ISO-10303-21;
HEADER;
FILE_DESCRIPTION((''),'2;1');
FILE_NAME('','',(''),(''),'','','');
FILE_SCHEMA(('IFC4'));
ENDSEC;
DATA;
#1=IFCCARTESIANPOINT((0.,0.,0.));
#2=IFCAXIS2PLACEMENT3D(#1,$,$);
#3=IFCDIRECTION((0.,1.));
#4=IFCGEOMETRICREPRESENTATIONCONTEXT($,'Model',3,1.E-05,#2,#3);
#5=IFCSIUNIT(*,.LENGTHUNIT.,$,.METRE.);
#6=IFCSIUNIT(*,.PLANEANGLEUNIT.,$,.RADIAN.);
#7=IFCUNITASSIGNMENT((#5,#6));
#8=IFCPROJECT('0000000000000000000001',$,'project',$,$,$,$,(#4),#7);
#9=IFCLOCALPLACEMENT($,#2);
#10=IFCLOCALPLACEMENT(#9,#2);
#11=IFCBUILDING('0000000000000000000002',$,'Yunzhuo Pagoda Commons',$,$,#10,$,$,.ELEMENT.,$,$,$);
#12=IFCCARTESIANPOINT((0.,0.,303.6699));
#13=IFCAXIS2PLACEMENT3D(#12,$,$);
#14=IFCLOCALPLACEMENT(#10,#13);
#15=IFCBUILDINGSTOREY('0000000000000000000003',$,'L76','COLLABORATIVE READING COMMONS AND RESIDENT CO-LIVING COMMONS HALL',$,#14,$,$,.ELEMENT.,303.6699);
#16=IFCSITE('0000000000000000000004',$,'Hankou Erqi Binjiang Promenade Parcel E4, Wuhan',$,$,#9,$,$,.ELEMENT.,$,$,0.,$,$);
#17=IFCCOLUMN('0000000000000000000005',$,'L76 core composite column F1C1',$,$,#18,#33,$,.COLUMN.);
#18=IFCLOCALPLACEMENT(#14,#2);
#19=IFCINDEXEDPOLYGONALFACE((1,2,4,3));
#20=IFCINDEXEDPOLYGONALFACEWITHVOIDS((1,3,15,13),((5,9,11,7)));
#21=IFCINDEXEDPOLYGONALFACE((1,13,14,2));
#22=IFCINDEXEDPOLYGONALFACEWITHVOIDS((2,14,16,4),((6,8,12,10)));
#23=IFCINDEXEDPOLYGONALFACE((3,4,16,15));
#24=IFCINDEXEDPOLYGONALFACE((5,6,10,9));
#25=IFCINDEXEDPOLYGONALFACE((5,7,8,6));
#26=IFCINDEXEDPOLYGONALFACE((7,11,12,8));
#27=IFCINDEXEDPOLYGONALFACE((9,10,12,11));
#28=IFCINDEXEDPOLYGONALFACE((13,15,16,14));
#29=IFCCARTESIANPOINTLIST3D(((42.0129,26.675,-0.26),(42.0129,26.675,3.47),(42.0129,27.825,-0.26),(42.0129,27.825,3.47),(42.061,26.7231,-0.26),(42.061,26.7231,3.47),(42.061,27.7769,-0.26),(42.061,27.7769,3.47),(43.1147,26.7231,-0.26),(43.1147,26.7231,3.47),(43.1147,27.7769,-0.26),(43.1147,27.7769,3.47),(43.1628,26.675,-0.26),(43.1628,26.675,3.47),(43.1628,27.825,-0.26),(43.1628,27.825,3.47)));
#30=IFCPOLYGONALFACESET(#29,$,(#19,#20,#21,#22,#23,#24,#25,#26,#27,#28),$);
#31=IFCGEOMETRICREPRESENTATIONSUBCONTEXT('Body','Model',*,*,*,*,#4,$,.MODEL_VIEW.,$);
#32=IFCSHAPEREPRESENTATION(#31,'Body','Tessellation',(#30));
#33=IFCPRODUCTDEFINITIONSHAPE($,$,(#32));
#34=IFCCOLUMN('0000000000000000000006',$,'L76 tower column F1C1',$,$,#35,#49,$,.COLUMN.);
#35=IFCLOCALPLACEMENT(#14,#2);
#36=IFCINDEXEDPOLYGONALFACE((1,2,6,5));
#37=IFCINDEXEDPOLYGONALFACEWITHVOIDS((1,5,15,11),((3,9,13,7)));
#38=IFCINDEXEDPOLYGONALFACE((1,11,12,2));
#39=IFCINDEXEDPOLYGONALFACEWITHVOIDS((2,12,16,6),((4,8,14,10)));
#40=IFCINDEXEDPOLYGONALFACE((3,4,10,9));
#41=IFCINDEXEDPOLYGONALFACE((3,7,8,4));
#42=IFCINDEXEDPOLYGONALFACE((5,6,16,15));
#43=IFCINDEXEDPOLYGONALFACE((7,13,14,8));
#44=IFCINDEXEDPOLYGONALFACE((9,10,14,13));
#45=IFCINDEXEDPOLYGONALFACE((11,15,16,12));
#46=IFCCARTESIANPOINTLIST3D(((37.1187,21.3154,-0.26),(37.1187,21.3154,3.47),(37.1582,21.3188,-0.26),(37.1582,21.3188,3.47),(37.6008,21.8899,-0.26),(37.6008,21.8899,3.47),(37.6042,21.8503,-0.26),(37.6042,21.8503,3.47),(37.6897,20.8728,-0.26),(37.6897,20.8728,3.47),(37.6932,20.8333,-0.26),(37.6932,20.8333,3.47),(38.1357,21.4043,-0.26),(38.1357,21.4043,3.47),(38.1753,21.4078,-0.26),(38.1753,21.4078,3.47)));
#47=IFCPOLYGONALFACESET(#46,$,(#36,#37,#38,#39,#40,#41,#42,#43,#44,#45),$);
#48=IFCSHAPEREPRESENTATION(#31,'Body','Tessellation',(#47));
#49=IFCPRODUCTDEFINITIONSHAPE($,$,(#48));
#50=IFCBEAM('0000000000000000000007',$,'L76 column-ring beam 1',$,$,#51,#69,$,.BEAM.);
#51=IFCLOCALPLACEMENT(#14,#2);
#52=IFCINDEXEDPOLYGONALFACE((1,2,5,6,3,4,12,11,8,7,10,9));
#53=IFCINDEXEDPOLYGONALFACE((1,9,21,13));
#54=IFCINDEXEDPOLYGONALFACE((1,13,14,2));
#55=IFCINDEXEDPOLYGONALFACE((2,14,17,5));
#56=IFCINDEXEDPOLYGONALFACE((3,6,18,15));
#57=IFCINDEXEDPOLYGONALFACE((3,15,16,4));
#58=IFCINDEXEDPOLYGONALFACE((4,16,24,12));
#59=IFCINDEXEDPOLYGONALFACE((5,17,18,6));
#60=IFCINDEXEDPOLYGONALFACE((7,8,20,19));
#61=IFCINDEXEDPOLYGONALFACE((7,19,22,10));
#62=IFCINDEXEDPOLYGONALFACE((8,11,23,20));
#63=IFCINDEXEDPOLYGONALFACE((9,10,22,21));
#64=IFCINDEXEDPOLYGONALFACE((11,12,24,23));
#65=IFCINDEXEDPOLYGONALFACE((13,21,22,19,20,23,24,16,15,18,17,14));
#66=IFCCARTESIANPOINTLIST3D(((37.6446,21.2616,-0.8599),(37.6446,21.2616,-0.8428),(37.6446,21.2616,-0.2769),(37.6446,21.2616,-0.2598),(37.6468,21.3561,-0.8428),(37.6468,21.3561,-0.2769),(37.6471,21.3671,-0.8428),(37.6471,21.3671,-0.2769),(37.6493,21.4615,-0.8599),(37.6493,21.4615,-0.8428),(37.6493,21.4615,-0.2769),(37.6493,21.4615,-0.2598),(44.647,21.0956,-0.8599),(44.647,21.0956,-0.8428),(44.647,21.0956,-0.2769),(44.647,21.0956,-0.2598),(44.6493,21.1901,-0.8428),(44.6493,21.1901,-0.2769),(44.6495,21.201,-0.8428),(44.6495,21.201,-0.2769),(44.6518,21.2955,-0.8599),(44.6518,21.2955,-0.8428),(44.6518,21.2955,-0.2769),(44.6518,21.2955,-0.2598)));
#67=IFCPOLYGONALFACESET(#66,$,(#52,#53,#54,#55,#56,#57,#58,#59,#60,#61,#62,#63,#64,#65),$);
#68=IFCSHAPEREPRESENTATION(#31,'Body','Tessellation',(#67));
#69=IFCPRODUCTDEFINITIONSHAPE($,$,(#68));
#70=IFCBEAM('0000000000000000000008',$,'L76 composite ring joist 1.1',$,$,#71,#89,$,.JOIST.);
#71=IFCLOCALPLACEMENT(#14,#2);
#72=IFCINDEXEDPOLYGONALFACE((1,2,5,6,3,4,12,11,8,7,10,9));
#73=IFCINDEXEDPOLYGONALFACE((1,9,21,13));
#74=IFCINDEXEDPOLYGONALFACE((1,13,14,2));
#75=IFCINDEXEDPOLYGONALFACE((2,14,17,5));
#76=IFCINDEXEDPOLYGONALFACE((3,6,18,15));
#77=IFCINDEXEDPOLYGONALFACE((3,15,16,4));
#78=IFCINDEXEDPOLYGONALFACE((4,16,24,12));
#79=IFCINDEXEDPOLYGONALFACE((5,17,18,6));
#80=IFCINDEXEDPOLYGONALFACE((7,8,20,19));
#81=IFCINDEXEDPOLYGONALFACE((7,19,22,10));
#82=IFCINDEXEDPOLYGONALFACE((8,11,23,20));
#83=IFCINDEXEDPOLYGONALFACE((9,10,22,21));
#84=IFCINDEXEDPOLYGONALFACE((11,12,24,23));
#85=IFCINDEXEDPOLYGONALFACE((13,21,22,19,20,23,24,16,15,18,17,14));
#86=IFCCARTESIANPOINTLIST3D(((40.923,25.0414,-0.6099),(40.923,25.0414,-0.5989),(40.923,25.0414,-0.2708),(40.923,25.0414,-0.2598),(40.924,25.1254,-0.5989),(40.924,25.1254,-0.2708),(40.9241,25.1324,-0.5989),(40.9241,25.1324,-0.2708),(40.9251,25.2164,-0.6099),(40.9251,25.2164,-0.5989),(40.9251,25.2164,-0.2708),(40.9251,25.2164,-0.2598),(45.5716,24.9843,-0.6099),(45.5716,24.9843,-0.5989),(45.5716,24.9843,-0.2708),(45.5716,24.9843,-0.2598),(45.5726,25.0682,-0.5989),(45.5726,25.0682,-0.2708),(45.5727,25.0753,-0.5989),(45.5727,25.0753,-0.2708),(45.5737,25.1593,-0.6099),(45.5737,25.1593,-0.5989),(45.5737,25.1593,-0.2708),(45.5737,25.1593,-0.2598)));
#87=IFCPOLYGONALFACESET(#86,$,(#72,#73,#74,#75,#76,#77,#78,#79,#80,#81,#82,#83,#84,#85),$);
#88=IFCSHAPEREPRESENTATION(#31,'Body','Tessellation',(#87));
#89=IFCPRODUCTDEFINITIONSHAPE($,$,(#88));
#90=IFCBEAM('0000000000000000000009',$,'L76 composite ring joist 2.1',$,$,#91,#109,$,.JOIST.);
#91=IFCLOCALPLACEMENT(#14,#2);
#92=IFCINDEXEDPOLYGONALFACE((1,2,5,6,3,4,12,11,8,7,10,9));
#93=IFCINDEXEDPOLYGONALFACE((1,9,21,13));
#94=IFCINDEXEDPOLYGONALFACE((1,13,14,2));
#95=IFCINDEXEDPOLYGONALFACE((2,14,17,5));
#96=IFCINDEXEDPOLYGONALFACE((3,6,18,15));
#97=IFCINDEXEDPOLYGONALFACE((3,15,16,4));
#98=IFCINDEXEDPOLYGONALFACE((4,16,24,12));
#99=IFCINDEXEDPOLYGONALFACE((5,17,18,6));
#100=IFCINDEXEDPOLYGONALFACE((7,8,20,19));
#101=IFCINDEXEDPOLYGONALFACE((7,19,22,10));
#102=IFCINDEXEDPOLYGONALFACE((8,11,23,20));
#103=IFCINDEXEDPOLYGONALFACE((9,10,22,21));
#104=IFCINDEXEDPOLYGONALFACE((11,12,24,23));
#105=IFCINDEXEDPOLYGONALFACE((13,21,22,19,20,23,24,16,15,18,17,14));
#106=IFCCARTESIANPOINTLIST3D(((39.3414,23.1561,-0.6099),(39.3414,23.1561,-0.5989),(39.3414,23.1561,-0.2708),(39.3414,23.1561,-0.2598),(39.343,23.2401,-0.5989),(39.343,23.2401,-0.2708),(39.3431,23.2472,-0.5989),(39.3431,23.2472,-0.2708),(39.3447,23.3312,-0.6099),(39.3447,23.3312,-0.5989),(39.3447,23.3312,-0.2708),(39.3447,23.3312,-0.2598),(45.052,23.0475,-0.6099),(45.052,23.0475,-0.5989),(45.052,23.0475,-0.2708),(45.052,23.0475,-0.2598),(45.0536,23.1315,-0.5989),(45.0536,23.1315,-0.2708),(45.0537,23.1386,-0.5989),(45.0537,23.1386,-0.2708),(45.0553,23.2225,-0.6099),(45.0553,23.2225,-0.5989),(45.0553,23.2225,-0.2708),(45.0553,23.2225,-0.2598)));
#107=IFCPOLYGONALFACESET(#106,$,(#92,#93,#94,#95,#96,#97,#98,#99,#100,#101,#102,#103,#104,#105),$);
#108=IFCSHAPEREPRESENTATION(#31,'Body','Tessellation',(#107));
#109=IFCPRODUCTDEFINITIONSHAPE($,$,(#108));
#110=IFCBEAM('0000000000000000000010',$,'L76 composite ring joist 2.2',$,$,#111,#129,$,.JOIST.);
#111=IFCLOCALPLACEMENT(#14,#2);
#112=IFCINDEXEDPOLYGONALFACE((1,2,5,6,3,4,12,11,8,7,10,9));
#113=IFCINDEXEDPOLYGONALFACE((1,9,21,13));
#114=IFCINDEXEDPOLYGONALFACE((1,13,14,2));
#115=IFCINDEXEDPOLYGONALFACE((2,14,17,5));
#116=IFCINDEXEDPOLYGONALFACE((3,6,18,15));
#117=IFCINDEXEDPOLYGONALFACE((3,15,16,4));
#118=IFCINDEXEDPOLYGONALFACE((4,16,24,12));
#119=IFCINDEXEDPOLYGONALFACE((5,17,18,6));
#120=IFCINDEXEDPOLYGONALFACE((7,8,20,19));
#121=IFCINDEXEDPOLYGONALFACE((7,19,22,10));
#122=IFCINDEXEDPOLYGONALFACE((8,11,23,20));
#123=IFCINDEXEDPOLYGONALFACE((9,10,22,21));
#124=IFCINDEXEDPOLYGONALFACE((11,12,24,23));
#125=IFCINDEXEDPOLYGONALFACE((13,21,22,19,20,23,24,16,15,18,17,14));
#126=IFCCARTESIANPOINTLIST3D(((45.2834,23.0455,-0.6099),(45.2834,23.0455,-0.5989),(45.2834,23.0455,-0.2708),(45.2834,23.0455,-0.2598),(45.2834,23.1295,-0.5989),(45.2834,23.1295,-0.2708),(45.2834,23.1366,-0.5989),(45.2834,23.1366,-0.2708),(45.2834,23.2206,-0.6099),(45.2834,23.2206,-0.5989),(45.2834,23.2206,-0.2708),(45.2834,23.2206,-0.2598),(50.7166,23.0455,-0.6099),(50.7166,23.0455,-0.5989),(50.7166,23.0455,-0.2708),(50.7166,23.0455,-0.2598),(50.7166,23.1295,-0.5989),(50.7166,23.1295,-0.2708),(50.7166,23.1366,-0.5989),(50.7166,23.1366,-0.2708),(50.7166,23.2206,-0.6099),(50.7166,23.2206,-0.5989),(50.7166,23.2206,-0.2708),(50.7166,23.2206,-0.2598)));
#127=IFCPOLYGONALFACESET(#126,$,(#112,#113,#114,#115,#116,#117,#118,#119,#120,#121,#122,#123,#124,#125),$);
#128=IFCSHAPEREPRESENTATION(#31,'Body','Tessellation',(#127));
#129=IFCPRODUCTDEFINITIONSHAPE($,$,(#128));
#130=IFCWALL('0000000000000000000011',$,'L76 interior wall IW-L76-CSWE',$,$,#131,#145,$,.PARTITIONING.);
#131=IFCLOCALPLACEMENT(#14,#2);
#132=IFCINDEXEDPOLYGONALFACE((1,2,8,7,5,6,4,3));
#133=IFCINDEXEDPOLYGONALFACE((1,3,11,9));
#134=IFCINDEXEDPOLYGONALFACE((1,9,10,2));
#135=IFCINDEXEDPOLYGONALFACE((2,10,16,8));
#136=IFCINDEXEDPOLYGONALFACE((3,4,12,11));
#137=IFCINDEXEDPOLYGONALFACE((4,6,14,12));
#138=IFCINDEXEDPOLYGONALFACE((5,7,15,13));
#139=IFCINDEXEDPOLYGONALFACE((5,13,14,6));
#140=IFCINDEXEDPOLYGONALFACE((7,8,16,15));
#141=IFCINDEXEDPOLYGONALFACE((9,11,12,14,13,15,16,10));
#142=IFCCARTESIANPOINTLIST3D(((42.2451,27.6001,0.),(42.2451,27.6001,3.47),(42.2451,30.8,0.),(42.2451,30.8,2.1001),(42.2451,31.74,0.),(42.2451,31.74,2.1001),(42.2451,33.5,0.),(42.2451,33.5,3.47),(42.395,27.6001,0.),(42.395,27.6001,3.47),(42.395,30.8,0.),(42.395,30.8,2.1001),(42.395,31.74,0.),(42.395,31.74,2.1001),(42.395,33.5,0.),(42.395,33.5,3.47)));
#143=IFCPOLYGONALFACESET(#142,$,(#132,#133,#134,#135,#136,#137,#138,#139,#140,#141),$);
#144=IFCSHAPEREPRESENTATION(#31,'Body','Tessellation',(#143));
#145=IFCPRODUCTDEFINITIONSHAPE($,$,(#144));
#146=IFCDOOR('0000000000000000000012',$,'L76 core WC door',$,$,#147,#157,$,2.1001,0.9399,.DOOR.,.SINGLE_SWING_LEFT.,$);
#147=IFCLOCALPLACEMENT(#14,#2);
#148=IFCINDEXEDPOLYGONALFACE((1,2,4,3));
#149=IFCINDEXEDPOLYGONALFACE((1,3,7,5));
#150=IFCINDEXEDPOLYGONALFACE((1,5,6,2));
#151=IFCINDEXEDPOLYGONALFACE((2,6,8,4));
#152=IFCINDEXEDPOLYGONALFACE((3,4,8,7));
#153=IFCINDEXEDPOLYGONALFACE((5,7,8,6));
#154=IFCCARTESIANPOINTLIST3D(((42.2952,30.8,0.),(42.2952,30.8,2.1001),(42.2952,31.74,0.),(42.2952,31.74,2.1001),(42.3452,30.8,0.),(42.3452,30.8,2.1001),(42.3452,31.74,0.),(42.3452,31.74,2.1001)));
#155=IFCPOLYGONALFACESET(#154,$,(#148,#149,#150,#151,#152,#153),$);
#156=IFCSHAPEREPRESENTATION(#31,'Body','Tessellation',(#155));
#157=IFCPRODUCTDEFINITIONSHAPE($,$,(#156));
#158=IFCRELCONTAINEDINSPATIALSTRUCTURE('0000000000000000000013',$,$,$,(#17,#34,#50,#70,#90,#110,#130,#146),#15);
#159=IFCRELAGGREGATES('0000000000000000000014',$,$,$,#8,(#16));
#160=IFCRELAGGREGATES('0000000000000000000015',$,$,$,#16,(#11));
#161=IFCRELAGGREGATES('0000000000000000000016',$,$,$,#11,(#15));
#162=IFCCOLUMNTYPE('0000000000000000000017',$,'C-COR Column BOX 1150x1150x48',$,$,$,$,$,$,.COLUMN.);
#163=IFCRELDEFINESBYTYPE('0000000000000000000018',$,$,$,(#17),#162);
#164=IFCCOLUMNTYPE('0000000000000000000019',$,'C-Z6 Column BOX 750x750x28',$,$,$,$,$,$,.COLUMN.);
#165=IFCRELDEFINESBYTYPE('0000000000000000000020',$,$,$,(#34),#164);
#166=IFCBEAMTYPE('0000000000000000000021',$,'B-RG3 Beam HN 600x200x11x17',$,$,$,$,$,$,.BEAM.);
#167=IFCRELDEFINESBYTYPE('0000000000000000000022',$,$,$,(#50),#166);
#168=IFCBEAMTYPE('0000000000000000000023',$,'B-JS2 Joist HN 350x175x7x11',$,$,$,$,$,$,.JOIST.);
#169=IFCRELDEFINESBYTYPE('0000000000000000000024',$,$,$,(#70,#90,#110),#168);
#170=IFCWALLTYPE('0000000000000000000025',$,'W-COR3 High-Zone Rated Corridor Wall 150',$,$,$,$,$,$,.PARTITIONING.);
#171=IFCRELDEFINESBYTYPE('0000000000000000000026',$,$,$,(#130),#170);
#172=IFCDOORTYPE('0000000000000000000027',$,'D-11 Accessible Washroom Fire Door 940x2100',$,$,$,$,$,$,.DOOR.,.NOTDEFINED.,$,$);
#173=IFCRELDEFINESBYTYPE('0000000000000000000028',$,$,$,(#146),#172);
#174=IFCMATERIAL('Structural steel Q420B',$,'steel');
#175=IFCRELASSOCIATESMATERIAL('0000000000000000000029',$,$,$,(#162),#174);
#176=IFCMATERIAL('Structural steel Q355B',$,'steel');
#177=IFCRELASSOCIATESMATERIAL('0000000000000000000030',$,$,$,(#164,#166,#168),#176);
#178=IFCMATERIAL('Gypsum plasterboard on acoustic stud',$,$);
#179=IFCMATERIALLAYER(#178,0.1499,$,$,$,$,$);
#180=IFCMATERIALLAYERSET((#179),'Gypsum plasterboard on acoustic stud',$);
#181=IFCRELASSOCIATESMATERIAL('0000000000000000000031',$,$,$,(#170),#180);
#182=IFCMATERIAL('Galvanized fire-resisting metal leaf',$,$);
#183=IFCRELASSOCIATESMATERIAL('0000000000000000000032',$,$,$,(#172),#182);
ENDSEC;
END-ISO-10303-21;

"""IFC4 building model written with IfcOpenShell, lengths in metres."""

from ifc_helpers import new_model, si_unit, direction, frame, frame_2d, origin, origin_with_axes, origin_2d, place, context, subcontext, project, spatial, rectangle, hollow_rectangle, i_section, extrude, source, transform, mapped, material, layer, layer_set, material_profile, profile_set, type_object, element, fill, save


model = new_model("IFC4")

# Units and contexts
model_context = context("Model", 3, precision=1e-05, world=origin(), true_north=direction((0.0, 1.0)))
body_context = subcontext(model_context, "Body", "Model", "MODEL_VIEW")
ifc_project = project(units=[si_unit("LENGTHUNIT", "METRE"), si_unit("PLANEANGLEUNIT", "RADIAN")], contexts=[model_context])

# Site, building, storey
site_placement = place(None, origin())
site = spatial("IfcSite", under=ifc_project, at=site_placement, Name="Hankou Erqi Binjiang Promenade Parcel E4, Wuhan", CompositionType="ELEMENT", RefElevation=0.0)
building_placement = place(site_placement, origin())
building = spatial("IfcBuilding", under=site, at=building_placement, Name="Yunzhuo Pagoda Commons", CompositionType="ELEMENT")
storey_placement = place(building_placement, frame((0.0, 0.0, 303.6699)))
storey = spatial("IfcBuildingStorey", under=building, at=storey_placement, Name="L76", Description="COLLABORATIVE READING COMMONS AND RESIDENT CO-LIVING COMMONS HALL", CompositionType="ELEMENT", Elevation=303.6699)

# Columns
ifc_material_1 = material(Name="Structural steel Q420B", Category="steel")
ifc_material_profile_1 = material_profile(ifc_material_1, hollow_rectangle(XDim=1.1499, YDim=1.1499, WallThickness=0.0481, at=origin_2d()), Name="Structural steel Q420B")
ifc_profile_set_1 = profile_set([ifc_material_profile_1], Name="Structural steel Q420B")
column_type_1 = type_object("IfcColumnType", Name="C-COR Column BOX 1150x1150x48", PredefinedType="COLUMN", material=ifc_profile_set_1)
shared_shape_1 = source(origin(), body_context, "Body", "SweptSolid", [
    extrude(hollow_rectangle(XDim=1.1499, YDim=1.1499, WallThickness=0.0481, at=origin_2d()), origin(), (0.0, 0.0, 1.0), 3.73),
])
column_1_placement = place(storey_placement, frame((42.5879, 27.25, -0.26), z_axis=(0.0, 0.0, 1.0), x_axis=(1.0, 0.0, 0.0)))
element("IfcColumn", 1, at=column_1_placement, inside=storey, type_object=column_type_1, Name="L76 core composite column F1C1", PredefinedType="COLUMN", context=body_context, shape_type="MappedRepresentation", body=[
    mapped(shared_shape_1, transform((0.0, 0.0, 0.0), scale=1.0)),
])
ifc_material_2 = material(Name="Structural steel Q355B", Category="steel")
ifc_material_profile_2 = material_profile(ifc_material_2, hollow_rectangle(XDim=0.75, YDim=0.75, WallThickness=0.0281, at=origin_2d()), Name="Structural steel Q355B")
ifc_profile_set_2 = profile_set([ifc_material_profile_2], Name="Structural steel Q355B")
column_type_2 = type_object("IfcColumnType", Name="C-Z6 Column BOX 750x750x28", PredefinedType="COLUMN", material=ifc_profile_set_2)
shared_shape_2 = source(origin(), body_context, "Body", "SweptSolid", [
    extrude(hollow_rectangle(XDim=0.75, YDim=0.75, WallThickness=0.0281, at=origin_2d()), origin(), (0.0, 0.0, 1.0), 3.73),
])
column_2_placement = place(storey_placement, frame((37.647, 21.3616, -0.26), z_axis=(0.0, 0.0, 1.0), x_axis=(0.766044, -0.642788, 0.0)))
element("IfcColumn", 2, at=column_2_placement, inside=storey, type_object=column_type_2, Name="L76 tower column F1C1", PredefinedType="COLUMN", context=body_context, shape_type="MappedRepresentation", body=[
    mapped(shared_shape_2, transform((0.0, 0.0, 0.0), scale=1.0)),
])

# Beams
ifc_material_profile_3 = material_profile(ifc_material_2, i_section(OverallWidth=0.2, OverallDepth=0.6001, WebThickness=0.011, FlangeThickness=0.0171, at=origin_2d()), Name="Structural steel Q355B")
ifc_profile_set_3 = profile_set([ifc_material_profile_3], Name="Structural steel Q355B")
beam_type_1 = type_object("IfcBeamType", Name="B-RG3 Beam HN 600x200x11x17", PredefinedType="BEAM", material=ifc_profile_set_3)
shared_shape_3 = source(origin(), body_context, "Body", "SweptSolid", [
    extrude(i_section(OverallWidth=0.2, OverallDepth=0.6001, WebThickness=0.011, FlangeThickness=0.0171, at=origin_2d()), origin(), (0.0, 0.0, 1.0), 7.0044),
])
beam_1_placement = place(storey_placement, frame((37.647, 21.3616, -0.5598), z_axis=(0.999719, -0.023702, 0.0), x_axis=(0.023702, 0.999719, 0.0)))
element("IfcBeam", 3, at=beam_1_placement, inside=storey, type_object=beam_type_1, Name="L76 column-ring beam 1", PredefinedType="BEAM", context=body_context, shape_type="MappedRepresentation", body=[
    mapped(shared_shape_3, transform((0.0, 0.0, 0.0), scale=1.0)),
])
ifc_material_profile_4 = material_profile(ifc_material_2, i_section(OverallWidth=0.175, OverallDepth=0.3501, WebThickness=0.0071, FlangeThickness=0.011, at=origin_2d()), Name="Structural steel Q355B")
ifc_profile_set_4 = profile_set([ifc_material_profile_4], Name="Structural steel Q355B")
beam_type_2 = type_object("IfcBeamType", Name="B-JS2 Joist HN 350x175x7x11", PredefinedType="JOIST", material=ifc_profile_set_4)
shared_shape_4 = source(origin(), body_context, "Body", "SweptSolid", [
    extrude(i_section(OverallWidth=0.175, OverallDepth=0.3501, WebThickness=0.0071, FlangeThickness=0.011, at=origin_2d()), origin(), (0.0, 0.0, 1.0), 4.6489),
])
beam_2_placement = place(storey_placement, frame((40.9241, 25.1289, -0.4348), z_axis=(0.999924, -0.012288, 0.0), x_axis=(0.012288, 0.999924, 0.0)))
element("IfcBeam", 4, at=beam_2_placement, inside=storey, type_object=beam_type_2, Name="L76 composite ring joist 1.1", PredefinedType="JOIST", context=body_context, shape_type="MappedRepresentation", body=[
    mapped(shared_shape_4, transform((0.0, 0.0, 0.0), scale=1.0)),
])
shared_shape_5 = source(origin(), body_context, "Body", "SweptSolid", [
    extrude(i_section(OverallWidth=0.175, OverallDepth=0.3501, WebThickness=0.0071, FlangeThickness=0.011, at=origin_2d()), origin(), (0.0, 0.0, 1.0), 5.7117),
])
beam_3_placement = place(storey_placement, frame((39.343, 23.2437, -0.4348), z_axis=(0.999819, -0.019021, 0.0), x_axis=(0.019021, 0.999819, 0.0)))
element("IfcBeam", 5, at=beam_3_placement, inside=storey, type_object=beam_type_2, Name="L76 composite ring joist 2.1", PredefinedType="JOIST", context=body_context, shape_type="MappedRepresentation", body=[
    mapped(shared_shape_5, transform((0.0, 0.0, 0.0), scale=1.0)),
])
shared_shape_6 = source(origin(), body_context, "Body", "SweptSolid", [
    extrude(i_section(OverallWidth=0.175, OverallDepth=0.3501, WebThickness=0.0071, FlangeThickness=0.011, at=origin_2d()), origin(), (0.0, 0.0, 1.0), 5.4331),
])
beam_4_placement = place(storey_placement, frame((45.2834, 23.1331, -0.4348), z_axis=(1.0, 0.0, 0.0), x_axis=(0.0, 1.0, 0.0)))
element("IfcBeam", 6, at=beam_4_placement, inside=storey, type_object=beam_type_2, Name="L76 composite ring joist 2.2", PredefinedType="JOIST", context=body_context, shape_type="MappedRepresentation", body=[
    mapped(shared_shape_6, transform((0.0, 0.0, 0.0), scale=1.0)),
])

# Wall, opening, door
ifc_material_3 = material(Name="Gypsum plasterboard on acoustic stud")
ifc_layer_1 = layer(ifc_material_3, 0.1499)
ifc_layer_set_1 = layer_set([ifc_layer_1], Name="Gypsum plasterboard on acoustic stud")
wall_type_1 = type_object("IfcWallType", Name="W-COR3 High-Zone Rated Corridor Wall 150", PredefinedType="PARTITIONING", material=ifc_layer_set_1)
wall_1_placement = place(storey_placement, frame((42.3201, 27.6001, 0.0), z_axis=(0.0, 0.0, 1.0), x_axis=(0.0, 1.0, 0.0)))
wall_1 = element("IfcWall", 7, at=wall_1_placement, inside=storey, type_object=wall_type_1, Name="L76 interior wall IW-L76-CSWE", PredefinedType="PARTITIONING", context=body_context, shape_type="SweptSolid", body=[
    extrude(rectangle(XDim=5.8999, YDim=0.1499, at=frame_2d((2.95, 0.0))), origin(), (0.0, 0.0, 1.0), 3.47),
])
opening_1_placement = place(wall_1_placement, frame((3.2, 0.0, 0.0)))
opening_1 = element("IfcOpeningElement", 8, at=opening_1_placement, cuts=wall_1, PredefinedType="OPENING", context=body_context, shape_type="SweptSolid", body=[
    extrude(rectangle(XDim=0.9399, YDim=2.1001, at=frame_2d((0.47, 1.05))), frame((0.0, 0.085, 0.0), z_axis=(0.0, -1.0, 0.0), x_axis=(1.0, 0.0, 0.0)), (0.0, 0.0, 1.0), 0.1699),
])
ifc_material_4 = material(Name="Galvanized fire-resisting metal leaf")
door_type_1 = type_object("IfcDoorType", Name="D-11 Accessible Washroom Fire Door 940x2100", OperationType="NOTDEFINED", PredefinedType="DOOR", material=ifc_material_4)
shared_shape_7 = source(origin(), body_context, "Body", "SweptSolid", [
    extrude(rectangle(XDim=0.9399, YDim=2.1001, at=frame_2d((0.47, 1.05))), frame((0.0, 0.0249, 0.0), z_axis=(0.0, -1.0, 0.0), x_axis=(1.0, 0.0, 0.0)), (0.0, 0.0, 1.0), 0.05),
])
door_1_placement = place(opening_1_placement, origin_with_axes())
door_1 = element("IfcDoor", 9, at=door_1_placement, inside=storey, type_object=door_type_1, Name="L76 core WC door", OperationType="SINGLE_SWING_LEFT", OverallHeight=2.1001, OverallWidth=0.9399, PredefinedType="DOOR", context=body_context, shape_type="MappedRepresentation", body=[
    mapped(shared_shape_7, transform((0.0, 0.0, 0.0), scale=1.0)),
])
fill(opening_1, door_1)

save(model, "model.ifc")
